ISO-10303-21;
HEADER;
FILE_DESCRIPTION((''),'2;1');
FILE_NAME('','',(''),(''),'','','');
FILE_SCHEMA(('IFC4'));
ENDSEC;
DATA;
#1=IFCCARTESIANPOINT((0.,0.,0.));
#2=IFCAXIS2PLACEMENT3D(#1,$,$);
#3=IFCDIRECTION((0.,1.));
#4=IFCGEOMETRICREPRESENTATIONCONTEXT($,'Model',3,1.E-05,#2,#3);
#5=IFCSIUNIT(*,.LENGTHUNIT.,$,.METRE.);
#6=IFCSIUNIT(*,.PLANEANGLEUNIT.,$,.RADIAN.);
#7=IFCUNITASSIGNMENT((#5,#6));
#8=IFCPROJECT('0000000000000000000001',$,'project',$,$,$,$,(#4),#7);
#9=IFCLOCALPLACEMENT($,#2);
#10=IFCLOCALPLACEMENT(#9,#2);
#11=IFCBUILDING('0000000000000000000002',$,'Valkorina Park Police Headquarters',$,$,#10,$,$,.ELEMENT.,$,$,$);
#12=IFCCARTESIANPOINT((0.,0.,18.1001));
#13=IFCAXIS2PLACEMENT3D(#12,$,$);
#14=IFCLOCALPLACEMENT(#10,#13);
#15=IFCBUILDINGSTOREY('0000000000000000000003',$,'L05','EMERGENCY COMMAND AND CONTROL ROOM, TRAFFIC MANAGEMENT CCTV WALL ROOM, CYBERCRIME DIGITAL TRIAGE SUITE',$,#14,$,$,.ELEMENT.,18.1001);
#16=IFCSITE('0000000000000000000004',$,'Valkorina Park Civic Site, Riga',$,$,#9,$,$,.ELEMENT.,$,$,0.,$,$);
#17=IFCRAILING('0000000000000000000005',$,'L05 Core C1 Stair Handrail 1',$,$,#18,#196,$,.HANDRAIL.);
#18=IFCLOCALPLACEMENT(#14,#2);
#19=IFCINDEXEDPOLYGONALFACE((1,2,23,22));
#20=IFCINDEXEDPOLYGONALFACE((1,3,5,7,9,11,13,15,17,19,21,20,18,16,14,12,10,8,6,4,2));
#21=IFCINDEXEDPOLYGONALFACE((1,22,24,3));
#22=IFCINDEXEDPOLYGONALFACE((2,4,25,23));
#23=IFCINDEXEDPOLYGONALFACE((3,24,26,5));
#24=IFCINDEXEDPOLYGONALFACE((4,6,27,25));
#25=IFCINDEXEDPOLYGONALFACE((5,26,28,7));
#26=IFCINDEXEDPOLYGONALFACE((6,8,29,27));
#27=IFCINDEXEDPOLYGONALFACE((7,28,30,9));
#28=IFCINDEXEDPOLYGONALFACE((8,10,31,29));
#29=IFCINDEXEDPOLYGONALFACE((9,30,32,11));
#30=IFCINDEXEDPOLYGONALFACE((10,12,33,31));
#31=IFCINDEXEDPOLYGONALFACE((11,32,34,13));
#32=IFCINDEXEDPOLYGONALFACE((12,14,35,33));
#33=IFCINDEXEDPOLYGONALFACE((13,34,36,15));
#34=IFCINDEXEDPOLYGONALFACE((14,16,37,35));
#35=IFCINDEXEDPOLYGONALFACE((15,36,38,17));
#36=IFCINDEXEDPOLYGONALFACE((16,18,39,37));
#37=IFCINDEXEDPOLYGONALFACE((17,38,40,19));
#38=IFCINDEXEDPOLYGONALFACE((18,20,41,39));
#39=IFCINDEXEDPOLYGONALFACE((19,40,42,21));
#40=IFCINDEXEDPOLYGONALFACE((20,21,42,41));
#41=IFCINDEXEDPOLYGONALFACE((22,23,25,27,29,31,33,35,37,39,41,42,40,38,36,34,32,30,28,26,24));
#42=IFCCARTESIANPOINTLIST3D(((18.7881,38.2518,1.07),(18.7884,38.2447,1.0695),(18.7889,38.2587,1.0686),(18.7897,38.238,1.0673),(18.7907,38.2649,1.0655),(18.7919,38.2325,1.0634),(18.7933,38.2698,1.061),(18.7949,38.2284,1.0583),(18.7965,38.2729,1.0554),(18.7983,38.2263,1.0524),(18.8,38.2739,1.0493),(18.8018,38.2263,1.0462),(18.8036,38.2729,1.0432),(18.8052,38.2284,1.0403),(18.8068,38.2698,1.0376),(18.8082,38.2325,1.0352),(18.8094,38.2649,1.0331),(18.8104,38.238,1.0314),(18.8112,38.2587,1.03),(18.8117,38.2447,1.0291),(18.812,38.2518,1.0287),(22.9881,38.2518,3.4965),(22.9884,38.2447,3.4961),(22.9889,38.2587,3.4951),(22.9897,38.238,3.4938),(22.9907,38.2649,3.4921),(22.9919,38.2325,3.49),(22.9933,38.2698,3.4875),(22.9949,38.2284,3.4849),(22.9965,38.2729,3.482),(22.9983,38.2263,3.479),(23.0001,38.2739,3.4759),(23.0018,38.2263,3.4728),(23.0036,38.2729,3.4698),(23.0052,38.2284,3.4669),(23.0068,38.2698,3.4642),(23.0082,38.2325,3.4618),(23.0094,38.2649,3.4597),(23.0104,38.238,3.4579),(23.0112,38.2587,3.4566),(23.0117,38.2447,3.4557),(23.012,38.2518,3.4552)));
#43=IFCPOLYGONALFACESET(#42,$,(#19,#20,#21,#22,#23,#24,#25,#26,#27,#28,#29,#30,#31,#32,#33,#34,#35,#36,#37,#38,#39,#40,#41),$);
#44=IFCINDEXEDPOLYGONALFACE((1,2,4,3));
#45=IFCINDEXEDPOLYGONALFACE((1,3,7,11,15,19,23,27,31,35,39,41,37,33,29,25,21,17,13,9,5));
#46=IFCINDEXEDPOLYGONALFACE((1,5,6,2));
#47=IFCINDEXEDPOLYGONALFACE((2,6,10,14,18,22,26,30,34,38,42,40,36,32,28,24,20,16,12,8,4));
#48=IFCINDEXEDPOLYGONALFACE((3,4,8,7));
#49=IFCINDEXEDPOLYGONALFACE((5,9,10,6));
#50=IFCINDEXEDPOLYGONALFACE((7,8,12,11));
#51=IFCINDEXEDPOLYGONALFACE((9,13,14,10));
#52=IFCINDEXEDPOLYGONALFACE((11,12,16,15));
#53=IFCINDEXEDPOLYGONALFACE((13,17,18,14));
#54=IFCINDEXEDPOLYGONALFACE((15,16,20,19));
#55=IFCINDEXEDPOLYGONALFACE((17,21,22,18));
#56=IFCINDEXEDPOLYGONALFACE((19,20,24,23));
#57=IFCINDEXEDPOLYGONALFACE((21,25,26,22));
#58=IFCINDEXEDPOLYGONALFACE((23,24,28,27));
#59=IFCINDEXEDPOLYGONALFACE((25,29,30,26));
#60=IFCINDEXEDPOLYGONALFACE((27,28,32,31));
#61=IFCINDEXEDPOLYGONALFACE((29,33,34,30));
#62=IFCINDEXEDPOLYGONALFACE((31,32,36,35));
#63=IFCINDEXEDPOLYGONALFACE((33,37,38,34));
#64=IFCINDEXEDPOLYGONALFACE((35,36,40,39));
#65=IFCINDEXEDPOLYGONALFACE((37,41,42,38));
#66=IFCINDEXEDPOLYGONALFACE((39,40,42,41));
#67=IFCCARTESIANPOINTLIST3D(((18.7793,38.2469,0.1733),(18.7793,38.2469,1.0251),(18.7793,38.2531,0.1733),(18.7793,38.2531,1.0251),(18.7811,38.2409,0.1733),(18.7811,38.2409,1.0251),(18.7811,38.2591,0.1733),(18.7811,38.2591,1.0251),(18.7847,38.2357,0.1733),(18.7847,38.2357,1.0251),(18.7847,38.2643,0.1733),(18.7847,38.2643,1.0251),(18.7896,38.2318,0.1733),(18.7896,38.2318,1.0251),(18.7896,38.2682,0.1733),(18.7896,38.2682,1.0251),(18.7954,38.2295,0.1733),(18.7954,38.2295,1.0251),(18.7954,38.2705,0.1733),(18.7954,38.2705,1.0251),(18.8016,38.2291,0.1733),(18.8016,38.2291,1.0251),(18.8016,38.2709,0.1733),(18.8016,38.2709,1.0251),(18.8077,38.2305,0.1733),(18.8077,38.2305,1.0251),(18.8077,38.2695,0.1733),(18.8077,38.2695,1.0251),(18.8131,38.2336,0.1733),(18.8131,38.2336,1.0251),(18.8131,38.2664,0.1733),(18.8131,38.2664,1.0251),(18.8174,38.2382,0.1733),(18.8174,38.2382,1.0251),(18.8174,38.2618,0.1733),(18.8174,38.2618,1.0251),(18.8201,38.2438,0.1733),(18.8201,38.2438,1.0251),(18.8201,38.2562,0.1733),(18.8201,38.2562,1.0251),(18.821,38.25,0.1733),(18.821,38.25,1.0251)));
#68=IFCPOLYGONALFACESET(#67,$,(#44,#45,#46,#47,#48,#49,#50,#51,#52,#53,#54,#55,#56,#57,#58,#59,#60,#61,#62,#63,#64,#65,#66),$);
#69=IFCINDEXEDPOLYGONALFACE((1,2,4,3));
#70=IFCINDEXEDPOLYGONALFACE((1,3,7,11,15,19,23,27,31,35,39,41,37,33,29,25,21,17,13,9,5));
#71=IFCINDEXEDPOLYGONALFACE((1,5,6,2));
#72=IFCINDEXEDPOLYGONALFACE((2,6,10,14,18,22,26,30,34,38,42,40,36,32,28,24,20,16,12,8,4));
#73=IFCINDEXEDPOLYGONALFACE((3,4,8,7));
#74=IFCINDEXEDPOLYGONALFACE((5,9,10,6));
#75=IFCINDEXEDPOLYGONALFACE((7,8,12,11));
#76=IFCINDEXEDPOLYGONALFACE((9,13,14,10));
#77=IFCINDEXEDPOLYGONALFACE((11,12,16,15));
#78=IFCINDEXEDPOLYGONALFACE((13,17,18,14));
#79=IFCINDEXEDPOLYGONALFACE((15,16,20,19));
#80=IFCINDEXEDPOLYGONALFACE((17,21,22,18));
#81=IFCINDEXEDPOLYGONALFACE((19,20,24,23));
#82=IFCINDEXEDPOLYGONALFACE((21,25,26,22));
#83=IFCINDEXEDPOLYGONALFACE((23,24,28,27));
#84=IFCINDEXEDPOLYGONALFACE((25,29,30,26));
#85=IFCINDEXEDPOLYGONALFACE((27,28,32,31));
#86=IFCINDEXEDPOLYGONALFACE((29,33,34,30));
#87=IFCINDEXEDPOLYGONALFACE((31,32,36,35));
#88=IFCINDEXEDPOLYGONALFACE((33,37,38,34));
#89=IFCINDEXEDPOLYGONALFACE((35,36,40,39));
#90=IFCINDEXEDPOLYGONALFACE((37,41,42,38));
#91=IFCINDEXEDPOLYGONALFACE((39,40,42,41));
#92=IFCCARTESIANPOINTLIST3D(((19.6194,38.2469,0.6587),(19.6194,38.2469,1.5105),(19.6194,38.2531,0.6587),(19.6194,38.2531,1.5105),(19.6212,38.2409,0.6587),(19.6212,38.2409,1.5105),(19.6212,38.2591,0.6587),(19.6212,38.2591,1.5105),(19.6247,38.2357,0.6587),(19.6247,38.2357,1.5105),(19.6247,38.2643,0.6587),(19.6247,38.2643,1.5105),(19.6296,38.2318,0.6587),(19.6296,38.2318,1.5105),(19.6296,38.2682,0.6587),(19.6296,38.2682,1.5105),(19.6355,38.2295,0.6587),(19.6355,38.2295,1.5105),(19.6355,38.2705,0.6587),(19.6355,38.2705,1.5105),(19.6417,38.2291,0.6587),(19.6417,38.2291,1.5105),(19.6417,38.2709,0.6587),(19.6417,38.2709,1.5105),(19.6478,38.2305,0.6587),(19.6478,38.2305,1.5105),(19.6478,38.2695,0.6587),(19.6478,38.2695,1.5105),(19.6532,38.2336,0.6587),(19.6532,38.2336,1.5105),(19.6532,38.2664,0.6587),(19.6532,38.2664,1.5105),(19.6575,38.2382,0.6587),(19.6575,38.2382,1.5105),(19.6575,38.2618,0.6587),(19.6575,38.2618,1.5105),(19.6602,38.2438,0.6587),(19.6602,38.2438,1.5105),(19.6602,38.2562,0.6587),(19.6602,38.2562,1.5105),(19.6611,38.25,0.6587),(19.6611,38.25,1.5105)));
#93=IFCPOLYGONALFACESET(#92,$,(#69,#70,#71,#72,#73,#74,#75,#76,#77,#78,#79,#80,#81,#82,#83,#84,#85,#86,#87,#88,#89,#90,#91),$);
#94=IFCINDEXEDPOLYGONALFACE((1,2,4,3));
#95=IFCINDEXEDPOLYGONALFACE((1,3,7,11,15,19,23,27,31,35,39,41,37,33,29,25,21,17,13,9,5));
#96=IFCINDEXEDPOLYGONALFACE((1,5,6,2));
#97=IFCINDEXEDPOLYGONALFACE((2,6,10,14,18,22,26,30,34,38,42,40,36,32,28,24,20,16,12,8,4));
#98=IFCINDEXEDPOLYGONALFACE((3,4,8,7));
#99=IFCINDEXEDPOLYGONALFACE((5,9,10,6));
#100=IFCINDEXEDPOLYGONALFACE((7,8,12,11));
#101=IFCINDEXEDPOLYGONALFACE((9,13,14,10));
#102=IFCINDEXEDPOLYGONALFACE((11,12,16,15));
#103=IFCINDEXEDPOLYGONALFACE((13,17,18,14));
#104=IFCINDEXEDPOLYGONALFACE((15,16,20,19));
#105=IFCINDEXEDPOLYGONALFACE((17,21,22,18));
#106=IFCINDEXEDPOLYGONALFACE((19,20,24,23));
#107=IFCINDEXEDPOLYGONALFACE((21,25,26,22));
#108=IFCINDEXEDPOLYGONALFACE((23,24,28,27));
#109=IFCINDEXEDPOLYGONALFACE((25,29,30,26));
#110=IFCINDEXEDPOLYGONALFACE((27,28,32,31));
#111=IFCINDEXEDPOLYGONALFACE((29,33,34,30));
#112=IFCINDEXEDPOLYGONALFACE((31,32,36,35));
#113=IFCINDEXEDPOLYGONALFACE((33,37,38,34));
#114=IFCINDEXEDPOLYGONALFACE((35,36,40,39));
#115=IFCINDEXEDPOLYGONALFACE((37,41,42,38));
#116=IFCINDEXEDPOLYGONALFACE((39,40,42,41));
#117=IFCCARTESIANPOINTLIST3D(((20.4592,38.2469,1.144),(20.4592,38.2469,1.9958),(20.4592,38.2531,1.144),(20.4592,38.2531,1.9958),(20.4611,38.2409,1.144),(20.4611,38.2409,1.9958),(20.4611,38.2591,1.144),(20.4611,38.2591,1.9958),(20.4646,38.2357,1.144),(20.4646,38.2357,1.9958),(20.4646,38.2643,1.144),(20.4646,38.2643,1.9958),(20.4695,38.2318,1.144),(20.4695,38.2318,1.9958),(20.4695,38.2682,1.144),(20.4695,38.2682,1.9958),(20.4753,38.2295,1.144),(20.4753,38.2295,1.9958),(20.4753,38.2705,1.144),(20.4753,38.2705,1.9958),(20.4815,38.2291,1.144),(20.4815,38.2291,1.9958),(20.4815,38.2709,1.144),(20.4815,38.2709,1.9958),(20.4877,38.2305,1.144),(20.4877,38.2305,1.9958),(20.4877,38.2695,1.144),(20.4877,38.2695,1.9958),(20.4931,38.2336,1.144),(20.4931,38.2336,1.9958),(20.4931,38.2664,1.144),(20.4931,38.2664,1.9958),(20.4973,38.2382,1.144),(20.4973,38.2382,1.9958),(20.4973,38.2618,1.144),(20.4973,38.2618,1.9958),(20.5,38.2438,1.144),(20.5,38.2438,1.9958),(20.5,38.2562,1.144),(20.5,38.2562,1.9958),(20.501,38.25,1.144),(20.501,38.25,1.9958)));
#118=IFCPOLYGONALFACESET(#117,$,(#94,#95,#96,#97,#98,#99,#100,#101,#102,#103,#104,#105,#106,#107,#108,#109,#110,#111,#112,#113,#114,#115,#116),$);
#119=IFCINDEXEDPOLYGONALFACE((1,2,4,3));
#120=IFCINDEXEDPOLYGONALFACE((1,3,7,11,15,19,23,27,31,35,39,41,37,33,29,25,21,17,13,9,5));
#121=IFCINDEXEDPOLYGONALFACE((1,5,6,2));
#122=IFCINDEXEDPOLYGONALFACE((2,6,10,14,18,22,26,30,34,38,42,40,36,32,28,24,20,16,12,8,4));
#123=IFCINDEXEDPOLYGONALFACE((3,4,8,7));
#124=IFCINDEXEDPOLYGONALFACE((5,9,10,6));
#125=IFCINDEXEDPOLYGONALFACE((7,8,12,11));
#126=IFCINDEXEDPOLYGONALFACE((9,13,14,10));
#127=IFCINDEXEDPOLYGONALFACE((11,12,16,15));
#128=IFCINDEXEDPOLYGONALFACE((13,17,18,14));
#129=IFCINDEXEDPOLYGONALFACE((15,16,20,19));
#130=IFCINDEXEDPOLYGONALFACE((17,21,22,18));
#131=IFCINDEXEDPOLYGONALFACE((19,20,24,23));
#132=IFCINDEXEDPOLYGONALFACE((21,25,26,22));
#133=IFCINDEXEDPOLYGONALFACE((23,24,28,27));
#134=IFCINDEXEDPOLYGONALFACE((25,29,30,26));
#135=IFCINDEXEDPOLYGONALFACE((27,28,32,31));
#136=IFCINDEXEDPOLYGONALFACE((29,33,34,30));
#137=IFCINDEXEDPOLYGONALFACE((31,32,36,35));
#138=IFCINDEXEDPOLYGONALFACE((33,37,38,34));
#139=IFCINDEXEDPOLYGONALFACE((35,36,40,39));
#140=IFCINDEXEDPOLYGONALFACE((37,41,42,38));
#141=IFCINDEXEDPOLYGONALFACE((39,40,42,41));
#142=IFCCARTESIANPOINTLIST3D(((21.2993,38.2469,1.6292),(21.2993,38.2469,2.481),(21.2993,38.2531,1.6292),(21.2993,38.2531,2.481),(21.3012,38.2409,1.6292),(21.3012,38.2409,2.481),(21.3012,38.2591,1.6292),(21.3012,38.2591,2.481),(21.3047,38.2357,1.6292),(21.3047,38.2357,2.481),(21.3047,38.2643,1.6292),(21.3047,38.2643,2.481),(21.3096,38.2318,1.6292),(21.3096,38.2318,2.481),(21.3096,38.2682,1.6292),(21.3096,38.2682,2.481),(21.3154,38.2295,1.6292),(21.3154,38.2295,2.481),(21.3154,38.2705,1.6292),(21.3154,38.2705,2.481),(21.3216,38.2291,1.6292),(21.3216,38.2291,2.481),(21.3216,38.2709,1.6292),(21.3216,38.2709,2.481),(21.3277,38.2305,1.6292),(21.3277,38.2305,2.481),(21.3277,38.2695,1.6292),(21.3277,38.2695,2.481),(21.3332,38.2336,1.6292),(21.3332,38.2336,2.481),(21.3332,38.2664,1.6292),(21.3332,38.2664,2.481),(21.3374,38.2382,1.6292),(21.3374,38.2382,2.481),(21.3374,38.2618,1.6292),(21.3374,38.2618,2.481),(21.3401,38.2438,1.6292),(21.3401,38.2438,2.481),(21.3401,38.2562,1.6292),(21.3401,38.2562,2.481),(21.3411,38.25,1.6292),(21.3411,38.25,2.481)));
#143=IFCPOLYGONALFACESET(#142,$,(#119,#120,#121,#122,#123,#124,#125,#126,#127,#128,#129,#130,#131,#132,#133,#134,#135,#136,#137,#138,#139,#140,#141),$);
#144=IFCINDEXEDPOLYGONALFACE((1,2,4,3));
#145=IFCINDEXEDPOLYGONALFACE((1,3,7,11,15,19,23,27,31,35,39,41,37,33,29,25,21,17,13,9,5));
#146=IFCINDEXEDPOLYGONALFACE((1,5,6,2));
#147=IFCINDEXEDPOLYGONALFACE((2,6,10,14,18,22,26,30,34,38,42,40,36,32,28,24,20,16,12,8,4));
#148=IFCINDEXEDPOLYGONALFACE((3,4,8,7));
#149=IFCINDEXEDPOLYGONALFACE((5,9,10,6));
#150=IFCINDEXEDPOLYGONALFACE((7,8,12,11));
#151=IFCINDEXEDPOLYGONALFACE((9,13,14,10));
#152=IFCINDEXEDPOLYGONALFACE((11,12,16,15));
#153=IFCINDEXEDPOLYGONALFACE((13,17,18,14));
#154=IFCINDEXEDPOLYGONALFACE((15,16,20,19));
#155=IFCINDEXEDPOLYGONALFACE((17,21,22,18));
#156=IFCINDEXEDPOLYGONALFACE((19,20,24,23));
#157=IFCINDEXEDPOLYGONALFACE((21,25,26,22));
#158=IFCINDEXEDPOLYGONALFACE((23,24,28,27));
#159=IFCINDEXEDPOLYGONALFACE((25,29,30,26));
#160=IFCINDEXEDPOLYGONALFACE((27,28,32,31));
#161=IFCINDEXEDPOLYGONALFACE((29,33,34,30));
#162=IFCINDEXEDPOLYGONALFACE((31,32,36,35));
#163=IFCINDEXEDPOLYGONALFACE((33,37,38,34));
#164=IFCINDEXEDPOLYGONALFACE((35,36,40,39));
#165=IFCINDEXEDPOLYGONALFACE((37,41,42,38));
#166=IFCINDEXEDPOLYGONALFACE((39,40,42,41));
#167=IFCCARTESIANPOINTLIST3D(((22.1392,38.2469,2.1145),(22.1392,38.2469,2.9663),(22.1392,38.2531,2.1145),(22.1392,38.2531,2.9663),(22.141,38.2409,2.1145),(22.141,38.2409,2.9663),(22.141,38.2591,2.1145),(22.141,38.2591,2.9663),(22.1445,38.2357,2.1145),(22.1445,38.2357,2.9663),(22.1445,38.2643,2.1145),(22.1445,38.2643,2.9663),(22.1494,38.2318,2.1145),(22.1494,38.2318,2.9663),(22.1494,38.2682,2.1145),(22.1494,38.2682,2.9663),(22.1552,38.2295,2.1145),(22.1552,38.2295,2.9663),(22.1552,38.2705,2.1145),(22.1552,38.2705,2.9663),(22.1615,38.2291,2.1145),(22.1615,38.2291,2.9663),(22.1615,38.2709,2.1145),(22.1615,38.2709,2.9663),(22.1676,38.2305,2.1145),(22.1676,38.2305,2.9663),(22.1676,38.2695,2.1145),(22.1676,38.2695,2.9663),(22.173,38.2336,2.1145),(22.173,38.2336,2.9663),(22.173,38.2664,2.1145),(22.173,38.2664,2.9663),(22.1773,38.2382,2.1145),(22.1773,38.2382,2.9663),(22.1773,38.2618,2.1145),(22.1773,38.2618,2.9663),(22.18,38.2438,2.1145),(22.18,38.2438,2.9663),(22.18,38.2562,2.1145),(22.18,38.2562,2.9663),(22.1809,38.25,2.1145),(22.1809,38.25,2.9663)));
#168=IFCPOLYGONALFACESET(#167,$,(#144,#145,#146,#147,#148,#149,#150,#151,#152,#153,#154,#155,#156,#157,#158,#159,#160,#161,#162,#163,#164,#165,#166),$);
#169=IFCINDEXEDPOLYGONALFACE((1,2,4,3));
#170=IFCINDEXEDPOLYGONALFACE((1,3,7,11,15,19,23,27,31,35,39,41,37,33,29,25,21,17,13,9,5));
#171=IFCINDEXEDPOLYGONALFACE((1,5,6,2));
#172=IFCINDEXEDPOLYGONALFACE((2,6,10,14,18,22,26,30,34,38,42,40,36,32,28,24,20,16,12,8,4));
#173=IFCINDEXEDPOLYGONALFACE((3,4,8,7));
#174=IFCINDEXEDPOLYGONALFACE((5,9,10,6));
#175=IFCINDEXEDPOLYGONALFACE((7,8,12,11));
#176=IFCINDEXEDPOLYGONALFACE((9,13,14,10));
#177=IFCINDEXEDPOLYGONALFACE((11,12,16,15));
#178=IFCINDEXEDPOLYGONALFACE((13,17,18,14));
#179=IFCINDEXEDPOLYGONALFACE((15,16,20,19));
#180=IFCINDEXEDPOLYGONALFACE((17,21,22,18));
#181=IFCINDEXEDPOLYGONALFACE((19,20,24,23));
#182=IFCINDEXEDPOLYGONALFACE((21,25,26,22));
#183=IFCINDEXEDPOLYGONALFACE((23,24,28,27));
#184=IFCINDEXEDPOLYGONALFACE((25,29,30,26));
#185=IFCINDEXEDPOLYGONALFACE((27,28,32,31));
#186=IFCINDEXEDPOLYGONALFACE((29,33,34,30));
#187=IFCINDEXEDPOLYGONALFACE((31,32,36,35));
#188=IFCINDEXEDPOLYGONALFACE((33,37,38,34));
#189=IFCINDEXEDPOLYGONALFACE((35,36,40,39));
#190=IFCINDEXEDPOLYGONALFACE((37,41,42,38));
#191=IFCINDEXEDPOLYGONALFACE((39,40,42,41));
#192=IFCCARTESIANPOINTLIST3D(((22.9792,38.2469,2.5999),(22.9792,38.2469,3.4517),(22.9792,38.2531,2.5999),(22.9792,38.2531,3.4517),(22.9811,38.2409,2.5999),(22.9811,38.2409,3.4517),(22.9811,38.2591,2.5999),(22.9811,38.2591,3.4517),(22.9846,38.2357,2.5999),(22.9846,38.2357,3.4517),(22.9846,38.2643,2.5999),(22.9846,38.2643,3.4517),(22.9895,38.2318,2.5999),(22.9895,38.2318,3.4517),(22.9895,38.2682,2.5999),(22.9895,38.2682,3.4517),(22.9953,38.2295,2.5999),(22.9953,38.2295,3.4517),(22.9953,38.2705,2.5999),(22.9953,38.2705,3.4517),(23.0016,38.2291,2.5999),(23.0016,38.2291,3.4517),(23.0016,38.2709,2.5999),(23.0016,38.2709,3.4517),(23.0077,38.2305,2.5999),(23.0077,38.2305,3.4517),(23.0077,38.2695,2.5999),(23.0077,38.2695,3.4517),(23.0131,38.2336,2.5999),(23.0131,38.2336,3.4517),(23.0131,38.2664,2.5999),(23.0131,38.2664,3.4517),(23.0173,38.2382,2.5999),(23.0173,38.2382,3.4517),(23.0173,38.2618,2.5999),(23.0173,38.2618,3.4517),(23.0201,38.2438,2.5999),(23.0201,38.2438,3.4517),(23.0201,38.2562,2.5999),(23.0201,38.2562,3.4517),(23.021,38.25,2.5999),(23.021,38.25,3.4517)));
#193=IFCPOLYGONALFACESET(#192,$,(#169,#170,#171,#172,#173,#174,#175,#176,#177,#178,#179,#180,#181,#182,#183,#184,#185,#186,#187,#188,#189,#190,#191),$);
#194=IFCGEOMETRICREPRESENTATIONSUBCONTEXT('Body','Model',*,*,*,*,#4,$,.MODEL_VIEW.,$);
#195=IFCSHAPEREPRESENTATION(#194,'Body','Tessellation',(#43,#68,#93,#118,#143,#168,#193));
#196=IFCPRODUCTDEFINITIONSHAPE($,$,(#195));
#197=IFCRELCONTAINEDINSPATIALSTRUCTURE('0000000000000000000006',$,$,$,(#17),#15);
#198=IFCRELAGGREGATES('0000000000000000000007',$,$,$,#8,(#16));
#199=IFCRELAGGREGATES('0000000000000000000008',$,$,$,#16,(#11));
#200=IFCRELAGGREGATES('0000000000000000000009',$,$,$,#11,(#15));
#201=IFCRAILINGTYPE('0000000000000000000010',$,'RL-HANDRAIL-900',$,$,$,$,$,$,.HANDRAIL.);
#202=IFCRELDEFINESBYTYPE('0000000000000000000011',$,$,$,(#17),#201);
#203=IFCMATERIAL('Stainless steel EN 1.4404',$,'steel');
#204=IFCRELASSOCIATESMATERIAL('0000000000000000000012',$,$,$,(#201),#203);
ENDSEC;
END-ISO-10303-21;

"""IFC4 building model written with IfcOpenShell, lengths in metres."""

from ifc_helpers import new_model, si_unit, direction, frame, origin, origin_2d, place, context, subcontext, project, spatial, circle, extrude, material, type_object, element, save


model = new_model("IFC4")

# Units and contexts
model_context = context("Model", 3, precision=1e-05, world=origin(), true_north=direction((0.0, 1.0)))
body_context = subcontext(model_context, "Body", "Model", "MODEL_VIEW")
ifc_project = project(units=[si_unit("LENGTHUNIT", "METRE"), si_unit("PLANEANGLEUNIT", "RADIAN")], contexts=[model_context])

# Site, building, storey
site_placement = place(None, origin())
site = spatial("IfcSite", under=ifc_project, at=site_placement, Name="Valkorina Park Civic Site, Riga", CompositionType="ELEMENT", RefElevation=0.0)
building_placement = place(site_placement, origin())
building = spatial("IfcBuilding", under=site, at=building_placement, Name="Valkorina Park Police Headquarters", CompositionType="ELEMENT")
storey_placement = place(building_placement, frame((0.0, 0.0, 18.1001)))
storey = spatial("IfcBuildingStorey", under=building, at=storey_placement, Name="L05", Description="EMERGENCY COMMAND AND CONTROL ROOM, TRAFFIC MANAGEMENT CCTV WALL ROOM, CYBERCRIME DIGITAL TRIAGE SUITE", CompositionType="ELEMENT", Elevation=18.1001)

# Railing
ifc_material_1 = material(Name="Stainless steel EN 1.4404", Category="steel")
railing_type_1 = type_object("IfcRailingType", Name="RL-HANDRAIL-900", PredefinedType="HANDRAIL", material=ifc_material_1)
railing_1_placement = place(storey_placement, frame((18.8, 38.25, 0.1733)))
element("IfcRailing", 1, at=railing_1_placement, inside=storey, type_object=railing_type_1, Name="L05 Core C1 Stair Handrail 1", PredefinedType="HANDRAIL", context=body_context, shape_type="SweptSolid", body=[
    extrude(circle(Radius=0.0239, at=origin_2d()), frame((0.0, 0.0, 0.876), z_axis=(0.865876, 0.0, 0.500258), x_axis=(0.0, 1.0, 0.0)), (0.0, 0.0, 1.0), 4.8506),
    extrude(circle(Radius=0.021, at=origin_2d()), origin(), (0.0, 0.0, 1.0), 0.8518),
    extrude(circle(Radius=0.021, at=origin_2d()), frame((0.8401, 0.0, 0.4854)), (0.0, 0.0, 1.0), 0.8518),
    extrude(circle(Radius=0.021, at=origin_2d()), frame((1.6799, 0.0, 0.9707)), (0.0, 0.0, 1.0), 0.8518),
    extrude(circle(Radius=0.021, at=origin_2d()), frame((2.52, 0.0, 1.4558)), (0.0, 0.0, 1.0), 0.8518),
    extrude(circle(Radius=0.021, at=origin_2d()), frame((3.3599, 0.0, 1.9412)), (0.0, 0.0, 1.0), 0.8518),
    extrude(circle(Radius=0.021, at=origin_2d()), frame((4.2, 0.0, 2.4265)), (0.0, 0.0, 1.0), 0.8518),
])

save(model, "model.ifc")
